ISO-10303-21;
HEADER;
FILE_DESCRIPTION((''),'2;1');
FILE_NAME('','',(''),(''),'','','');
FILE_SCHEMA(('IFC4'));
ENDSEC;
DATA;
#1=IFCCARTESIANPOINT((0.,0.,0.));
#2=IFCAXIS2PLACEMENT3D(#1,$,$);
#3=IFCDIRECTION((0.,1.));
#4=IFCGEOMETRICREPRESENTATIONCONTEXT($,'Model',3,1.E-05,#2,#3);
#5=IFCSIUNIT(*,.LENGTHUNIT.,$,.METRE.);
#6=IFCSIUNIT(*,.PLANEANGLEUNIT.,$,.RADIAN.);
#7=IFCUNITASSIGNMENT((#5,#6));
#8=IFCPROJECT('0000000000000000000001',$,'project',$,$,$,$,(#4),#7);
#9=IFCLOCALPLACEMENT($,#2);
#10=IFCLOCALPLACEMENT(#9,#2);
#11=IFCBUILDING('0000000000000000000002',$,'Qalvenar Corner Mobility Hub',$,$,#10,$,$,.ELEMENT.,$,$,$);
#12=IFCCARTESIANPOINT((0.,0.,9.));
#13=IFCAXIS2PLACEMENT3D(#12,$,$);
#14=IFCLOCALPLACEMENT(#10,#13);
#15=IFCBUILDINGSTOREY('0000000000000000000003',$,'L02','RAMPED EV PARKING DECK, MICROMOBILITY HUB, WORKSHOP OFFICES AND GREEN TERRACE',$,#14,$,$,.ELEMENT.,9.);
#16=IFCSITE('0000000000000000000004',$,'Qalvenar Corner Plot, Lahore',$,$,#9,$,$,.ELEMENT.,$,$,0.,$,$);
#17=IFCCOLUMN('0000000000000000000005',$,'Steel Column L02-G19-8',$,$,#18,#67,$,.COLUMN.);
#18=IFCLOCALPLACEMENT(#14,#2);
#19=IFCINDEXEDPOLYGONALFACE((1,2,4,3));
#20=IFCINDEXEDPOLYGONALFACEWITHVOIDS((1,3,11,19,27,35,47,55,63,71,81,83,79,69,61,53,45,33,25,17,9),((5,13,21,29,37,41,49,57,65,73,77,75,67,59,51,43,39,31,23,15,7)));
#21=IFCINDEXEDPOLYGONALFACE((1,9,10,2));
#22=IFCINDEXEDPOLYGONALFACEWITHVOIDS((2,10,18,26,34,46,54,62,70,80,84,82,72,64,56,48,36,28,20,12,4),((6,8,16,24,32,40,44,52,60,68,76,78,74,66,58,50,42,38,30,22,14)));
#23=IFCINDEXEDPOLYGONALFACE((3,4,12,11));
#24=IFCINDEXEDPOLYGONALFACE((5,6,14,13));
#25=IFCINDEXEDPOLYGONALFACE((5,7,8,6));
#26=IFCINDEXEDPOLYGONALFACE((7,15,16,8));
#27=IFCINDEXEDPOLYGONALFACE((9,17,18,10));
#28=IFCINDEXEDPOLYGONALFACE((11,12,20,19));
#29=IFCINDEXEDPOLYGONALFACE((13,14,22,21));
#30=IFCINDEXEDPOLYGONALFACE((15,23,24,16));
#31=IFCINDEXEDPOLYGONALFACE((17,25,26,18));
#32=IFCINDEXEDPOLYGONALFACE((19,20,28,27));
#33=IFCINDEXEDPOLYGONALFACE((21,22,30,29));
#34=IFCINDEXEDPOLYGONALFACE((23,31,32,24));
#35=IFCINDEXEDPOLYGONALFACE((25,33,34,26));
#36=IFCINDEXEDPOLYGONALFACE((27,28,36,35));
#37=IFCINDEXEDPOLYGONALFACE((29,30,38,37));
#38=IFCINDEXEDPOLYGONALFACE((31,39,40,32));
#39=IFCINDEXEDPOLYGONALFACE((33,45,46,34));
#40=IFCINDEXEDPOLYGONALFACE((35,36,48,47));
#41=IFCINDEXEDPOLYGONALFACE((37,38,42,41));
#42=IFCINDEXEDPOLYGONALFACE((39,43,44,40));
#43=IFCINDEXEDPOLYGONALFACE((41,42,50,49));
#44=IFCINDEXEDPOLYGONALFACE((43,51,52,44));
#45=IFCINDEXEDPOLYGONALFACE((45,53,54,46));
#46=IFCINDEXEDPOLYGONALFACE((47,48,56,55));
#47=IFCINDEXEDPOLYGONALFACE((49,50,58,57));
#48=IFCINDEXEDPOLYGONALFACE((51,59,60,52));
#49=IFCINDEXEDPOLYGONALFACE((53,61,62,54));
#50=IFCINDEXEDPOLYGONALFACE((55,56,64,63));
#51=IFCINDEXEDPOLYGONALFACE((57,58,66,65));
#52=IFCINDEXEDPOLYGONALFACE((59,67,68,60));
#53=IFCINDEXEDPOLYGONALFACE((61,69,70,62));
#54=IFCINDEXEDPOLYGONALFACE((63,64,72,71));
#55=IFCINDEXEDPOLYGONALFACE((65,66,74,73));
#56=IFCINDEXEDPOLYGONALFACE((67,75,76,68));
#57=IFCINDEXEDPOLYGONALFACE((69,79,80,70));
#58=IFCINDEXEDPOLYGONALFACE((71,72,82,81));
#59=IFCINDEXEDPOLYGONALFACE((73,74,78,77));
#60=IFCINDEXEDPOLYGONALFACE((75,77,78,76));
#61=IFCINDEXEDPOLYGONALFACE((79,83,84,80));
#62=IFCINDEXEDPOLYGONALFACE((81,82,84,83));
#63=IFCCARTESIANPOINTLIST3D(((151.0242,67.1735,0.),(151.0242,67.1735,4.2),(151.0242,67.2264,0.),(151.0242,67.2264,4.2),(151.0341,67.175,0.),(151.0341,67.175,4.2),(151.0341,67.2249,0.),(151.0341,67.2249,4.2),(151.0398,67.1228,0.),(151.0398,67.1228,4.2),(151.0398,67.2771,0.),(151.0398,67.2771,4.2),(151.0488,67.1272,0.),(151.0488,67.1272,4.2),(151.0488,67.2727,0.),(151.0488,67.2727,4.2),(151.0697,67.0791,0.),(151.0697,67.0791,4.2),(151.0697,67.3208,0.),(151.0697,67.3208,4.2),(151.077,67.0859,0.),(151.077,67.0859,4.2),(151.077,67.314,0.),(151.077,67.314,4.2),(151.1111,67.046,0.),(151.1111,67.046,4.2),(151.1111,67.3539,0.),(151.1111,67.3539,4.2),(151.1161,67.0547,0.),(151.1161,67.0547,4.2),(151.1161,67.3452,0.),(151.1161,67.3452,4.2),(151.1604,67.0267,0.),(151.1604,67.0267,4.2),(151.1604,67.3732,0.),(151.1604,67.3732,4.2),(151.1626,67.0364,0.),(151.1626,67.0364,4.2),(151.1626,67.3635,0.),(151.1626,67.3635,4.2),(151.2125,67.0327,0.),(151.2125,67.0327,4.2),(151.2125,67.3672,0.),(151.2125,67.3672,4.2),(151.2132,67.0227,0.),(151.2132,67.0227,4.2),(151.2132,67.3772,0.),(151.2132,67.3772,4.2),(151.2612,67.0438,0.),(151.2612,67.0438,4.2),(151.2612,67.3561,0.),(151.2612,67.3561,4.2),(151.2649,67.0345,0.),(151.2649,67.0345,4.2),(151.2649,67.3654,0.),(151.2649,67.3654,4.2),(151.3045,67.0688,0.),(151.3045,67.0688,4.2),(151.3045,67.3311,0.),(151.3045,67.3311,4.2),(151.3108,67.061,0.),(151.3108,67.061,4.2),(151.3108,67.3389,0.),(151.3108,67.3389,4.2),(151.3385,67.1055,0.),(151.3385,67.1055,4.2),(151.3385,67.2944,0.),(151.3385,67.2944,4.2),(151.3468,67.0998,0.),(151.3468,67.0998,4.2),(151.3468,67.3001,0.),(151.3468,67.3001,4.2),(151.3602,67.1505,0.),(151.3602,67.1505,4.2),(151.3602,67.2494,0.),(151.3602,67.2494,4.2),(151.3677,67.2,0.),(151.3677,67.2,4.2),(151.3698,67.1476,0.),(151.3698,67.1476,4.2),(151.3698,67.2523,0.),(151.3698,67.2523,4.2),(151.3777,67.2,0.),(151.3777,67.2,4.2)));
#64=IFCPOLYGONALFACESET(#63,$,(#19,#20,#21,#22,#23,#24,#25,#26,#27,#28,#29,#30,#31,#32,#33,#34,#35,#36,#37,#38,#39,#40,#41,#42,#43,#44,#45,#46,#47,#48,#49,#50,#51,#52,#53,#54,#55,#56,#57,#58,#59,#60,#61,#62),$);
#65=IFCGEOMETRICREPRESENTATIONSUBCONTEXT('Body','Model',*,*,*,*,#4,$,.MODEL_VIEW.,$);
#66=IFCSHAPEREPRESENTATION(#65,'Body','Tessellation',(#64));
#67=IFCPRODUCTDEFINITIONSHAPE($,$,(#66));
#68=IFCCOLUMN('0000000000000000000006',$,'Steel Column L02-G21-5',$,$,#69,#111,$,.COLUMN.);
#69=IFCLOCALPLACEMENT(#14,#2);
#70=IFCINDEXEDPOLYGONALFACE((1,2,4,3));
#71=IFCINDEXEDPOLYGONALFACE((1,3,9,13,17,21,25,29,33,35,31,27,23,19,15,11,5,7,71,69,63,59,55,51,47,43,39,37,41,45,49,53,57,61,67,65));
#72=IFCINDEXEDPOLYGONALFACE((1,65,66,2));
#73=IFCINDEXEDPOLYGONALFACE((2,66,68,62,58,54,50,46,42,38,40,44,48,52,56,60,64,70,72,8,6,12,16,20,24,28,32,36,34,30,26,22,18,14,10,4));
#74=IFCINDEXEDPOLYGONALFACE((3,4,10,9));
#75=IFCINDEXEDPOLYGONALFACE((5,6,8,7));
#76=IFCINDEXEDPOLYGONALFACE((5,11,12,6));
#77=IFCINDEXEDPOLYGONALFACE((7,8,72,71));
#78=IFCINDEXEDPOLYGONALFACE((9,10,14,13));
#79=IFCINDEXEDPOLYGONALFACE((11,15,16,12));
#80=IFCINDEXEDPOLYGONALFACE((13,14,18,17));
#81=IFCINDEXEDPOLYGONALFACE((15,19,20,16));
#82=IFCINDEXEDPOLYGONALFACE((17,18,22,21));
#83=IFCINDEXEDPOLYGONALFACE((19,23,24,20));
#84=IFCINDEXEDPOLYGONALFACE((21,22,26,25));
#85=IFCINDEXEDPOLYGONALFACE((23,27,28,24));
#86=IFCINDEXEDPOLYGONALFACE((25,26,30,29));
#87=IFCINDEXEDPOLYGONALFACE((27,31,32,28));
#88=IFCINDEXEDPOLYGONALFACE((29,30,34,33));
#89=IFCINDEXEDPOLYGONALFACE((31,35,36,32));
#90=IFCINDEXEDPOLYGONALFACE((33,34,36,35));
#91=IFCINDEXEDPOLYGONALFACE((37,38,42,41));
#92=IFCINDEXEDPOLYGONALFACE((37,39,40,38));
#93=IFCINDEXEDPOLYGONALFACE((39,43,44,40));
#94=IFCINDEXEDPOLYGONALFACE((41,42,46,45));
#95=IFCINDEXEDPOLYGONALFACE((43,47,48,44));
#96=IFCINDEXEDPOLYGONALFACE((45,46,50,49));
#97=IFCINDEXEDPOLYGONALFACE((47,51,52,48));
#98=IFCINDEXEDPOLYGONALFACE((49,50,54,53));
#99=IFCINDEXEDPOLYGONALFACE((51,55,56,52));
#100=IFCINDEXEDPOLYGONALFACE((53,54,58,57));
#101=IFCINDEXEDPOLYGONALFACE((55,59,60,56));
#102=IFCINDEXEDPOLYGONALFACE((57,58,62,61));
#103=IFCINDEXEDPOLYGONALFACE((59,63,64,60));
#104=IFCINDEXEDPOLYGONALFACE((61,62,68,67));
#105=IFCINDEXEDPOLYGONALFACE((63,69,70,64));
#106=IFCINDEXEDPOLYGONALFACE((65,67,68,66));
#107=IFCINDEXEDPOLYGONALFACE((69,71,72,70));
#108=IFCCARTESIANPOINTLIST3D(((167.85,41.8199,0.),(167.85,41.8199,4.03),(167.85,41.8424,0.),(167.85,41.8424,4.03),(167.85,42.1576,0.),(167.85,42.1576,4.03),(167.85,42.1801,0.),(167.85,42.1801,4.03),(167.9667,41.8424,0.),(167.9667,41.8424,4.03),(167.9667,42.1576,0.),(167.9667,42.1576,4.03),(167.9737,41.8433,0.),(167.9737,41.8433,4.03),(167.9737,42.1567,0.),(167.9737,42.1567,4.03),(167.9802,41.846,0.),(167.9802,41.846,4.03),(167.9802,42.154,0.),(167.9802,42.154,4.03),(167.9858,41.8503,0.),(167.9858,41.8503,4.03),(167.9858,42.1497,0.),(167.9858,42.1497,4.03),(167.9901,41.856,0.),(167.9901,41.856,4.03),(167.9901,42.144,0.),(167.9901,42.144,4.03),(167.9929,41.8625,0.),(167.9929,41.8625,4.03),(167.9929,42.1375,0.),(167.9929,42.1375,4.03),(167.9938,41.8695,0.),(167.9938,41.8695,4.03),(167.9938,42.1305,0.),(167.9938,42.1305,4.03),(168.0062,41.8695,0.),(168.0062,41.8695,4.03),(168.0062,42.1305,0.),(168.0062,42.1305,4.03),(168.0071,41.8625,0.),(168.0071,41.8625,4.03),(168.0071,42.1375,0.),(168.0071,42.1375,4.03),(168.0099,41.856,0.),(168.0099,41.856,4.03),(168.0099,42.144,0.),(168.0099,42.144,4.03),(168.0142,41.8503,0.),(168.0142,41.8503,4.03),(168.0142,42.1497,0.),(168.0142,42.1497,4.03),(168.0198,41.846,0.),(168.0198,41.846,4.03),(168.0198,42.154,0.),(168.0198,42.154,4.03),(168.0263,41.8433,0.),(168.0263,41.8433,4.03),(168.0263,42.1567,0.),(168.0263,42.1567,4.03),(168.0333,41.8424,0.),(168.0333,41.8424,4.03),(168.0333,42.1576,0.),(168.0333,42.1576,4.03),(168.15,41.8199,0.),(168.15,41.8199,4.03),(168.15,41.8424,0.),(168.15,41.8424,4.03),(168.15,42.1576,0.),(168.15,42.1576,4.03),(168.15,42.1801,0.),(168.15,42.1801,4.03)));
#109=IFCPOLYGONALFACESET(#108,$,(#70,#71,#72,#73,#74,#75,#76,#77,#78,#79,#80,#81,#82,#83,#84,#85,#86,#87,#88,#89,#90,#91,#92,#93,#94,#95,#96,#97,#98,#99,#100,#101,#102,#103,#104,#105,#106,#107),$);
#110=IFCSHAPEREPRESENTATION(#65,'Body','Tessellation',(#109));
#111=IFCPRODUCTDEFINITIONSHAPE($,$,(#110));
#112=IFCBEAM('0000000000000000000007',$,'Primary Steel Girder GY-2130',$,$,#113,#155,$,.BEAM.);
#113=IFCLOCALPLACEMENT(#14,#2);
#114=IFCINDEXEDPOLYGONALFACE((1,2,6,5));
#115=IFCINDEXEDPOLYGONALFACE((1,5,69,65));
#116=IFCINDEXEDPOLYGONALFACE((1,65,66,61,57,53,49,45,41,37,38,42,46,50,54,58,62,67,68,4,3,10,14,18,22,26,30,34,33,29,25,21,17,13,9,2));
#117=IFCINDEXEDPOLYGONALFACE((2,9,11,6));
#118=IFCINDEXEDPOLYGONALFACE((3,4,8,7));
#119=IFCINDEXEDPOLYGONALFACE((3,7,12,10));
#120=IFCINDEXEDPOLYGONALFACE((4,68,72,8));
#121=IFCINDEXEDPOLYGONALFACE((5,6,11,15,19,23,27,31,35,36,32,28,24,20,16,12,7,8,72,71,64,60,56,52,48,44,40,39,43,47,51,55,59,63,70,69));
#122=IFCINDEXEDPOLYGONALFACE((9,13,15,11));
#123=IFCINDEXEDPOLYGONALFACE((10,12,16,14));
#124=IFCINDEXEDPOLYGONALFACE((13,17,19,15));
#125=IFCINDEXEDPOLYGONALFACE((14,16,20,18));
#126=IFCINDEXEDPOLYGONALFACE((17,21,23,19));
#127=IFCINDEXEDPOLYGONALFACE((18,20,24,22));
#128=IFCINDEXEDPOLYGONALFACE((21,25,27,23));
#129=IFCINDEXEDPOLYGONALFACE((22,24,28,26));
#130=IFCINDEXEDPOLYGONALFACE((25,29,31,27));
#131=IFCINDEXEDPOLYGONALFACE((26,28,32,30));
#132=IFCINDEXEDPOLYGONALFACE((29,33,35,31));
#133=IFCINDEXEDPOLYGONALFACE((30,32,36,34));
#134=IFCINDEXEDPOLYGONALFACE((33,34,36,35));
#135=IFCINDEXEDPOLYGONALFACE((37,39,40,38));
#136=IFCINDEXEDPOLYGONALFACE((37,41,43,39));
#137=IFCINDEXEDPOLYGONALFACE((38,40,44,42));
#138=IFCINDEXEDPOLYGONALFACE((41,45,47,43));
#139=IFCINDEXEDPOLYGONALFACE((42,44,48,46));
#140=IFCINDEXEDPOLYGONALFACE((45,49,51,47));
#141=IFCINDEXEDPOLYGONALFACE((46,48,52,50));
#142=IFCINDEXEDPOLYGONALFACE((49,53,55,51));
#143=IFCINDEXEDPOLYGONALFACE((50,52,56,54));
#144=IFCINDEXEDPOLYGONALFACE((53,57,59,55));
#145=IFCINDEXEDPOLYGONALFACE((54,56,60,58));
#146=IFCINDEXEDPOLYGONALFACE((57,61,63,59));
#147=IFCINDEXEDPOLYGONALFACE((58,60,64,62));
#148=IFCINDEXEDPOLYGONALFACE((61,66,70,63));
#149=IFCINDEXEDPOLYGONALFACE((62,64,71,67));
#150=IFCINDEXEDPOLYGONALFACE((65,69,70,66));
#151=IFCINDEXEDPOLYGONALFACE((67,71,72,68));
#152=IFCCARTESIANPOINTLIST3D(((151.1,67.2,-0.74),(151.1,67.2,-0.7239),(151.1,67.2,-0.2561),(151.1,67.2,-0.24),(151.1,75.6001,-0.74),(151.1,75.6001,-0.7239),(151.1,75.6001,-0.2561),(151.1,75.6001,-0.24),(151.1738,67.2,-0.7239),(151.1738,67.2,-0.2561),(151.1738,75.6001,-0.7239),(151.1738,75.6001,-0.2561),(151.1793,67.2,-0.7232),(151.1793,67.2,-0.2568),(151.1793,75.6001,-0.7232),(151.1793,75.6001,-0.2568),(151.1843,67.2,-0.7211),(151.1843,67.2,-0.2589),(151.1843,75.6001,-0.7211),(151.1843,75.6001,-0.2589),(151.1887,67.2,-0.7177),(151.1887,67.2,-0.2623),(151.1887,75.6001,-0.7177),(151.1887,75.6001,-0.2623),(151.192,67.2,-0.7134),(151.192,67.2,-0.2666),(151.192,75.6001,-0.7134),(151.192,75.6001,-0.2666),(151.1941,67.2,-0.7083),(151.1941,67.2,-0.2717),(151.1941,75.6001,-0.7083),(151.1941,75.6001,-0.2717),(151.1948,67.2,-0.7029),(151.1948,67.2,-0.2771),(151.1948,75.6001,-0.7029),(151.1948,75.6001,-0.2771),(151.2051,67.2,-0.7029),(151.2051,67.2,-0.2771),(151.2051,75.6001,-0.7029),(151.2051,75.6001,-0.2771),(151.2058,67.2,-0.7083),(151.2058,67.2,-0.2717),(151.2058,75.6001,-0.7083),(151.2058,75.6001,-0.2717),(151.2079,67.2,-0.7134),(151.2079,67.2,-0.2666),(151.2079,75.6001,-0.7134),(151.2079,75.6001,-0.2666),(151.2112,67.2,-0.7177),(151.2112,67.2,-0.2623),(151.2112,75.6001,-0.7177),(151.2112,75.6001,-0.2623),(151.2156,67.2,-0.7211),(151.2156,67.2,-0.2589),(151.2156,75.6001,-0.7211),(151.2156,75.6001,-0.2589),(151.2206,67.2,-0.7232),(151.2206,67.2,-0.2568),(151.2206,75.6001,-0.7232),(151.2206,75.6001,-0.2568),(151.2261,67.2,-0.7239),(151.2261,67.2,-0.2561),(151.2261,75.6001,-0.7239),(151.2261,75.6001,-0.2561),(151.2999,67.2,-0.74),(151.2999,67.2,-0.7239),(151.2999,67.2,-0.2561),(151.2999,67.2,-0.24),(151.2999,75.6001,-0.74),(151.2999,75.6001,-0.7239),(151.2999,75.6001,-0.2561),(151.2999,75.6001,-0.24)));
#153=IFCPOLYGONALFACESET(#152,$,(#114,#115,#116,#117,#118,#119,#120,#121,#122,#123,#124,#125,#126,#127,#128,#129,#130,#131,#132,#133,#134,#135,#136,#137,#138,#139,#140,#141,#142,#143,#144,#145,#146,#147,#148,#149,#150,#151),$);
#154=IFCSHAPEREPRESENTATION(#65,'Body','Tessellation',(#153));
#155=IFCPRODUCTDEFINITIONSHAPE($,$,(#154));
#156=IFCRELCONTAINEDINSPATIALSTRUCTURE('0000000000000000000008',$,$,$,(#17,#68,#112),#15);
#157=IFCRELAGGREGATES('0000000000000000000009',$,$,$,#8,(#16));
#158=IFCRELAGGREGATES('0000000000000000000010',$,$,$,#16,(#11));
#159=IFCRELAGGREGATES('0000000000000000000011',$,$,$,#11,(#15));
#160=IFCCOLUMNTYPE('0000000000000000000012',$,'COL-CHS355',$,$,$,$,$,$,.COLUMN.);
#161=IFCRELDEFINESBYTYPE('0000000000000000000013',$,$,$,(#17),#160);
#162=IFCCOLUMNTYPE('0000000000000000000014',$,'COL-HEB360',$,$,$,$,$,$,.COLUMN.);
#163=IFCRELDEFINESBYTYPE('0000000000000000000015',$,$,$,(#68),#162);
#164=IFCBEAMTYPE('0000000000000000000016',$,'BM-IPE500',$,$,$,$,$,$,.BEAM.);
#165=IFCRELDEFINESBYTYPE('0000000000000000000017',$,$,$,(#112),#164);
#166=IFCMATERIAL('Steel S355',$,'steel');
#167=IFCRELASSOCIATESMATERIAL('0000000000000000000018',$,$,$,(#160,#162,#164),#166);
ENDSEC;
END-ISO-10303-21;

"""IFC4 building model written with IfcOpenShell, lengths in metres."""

from ifc_helpers import new_model, si_unit, direction, frame, origin, origin_2d, place, context, subcontext, project, spatial, hollow_circle, i_section, extrude, material, material_profile, profile_set, type_object, element, save


model = new_model("IFC4")

# Units and contexts
model_context = context("Model", 3, precision=1e-05, world=origin(), true_north=direction((0.0, 1.0)))
body_context = subcontext(model_context, "Body", "Model", "MODEL_VIEW")
ifc_project = project(units=[si_unit("LENGTHUNIT", "METRE"), si_unit("PLANEANGLEUNIT", "RADIAN")], contexts=[model_context])

# Site, building, storey
site_placement = place(None, origin())
site = spatial("IfcSite", under=ifc_project, at=site_placement, Name="Qalvenar Corner Plot, Lahore", CompositionType="ELEMENT", RefElevation=0.0)
building_placement = place(site_placement, origin())
building = spatial("IfcBuilding", under=site, at=building_placement, Name="Qalvenar Corner Mobility Hub", CompositionType="ELEMENT")
storey_placement = place(building_placement, frame((0.0, 0.0, 9.0)))
storey = spatial("IfcBuildingStorey", under=building, at=storey_placement, Name="L02", Description="RAMPED EV PARKING DECK, MICROMOBILITY HUB, WORKSHOP OFFICES AND GREEN TERRACE", CompositionType="ELEMENT", Elevation=9.0)

# Columns
ifc_material_1 = material(Name="Steel S355", Category="steel")
ifc_material_profile_1 = material_profile(ifc_material_1, hollow_circle(Radius=0.1777, WallThickness=0.01, at=origin_2d()), Name="CHS355.6x10")
ifc_profile_set_1 = profile_set([ifc_material_profile_1], Name="Steel S355")
column_type_1 = type_object("IfcColumnType", Name="COL-CHS355", PredefinedType="COLUMN", material=ifc_profile_set_1)
column_1_placement = place(storey_placement, frame((151.2, 67.2, 0.0), z_axis=(0.0, 0.0, 1.0), x_axis=(1.0, 0.0, 0.0)))
element("IfcColumn", 1, at=column_1_placement, inside=storey, type_object=column_type_1, Name="Steel Column L02-G19-8", PredefinedType="COLUMN", context=body_context, shape_type="SweptSolid", body=[
    extrude(hollow_circle(Radius=0.1777, WallThickness=0.01, at=origin_2d()), origin(), (0.0, 0.0, 1.0), 4.2),
])
ifc_material_profile_2 = material_profile(ifc_material_1, i_section(OverallWidth=0.3, OverallDepth=0.3601, WebThickness=0.0125, FlangeThickness=0.0225, FilletRadius=0.0271, at=origin_2d()), Name="HEB360")
ifc_profile_set_2 = profile_set([ifc_material_profile_2], Name="Steel S355")
column_type_2 = type_object("IfcColumnType", Name="COL-HEB360", PredefinedType="COLUMN", material=ifc_profile_set_2)
column_2_placement = place(storey_placement, frame((168.0, 42.0, 0.0), z_axis=(0.0, 0.0, 1.0), x_axis=(1.0, 0.0, 0.0)))
element("IfcColumn", 2, at=column_2_placement, inside=storey, type_object=column_type_2, Name="Steel Column L02-G21-5", PredefinedType="COLUMN", context=body_context, shape_type="SweptSolid", body=[
    extrude(i_section(OverallWidth=0.3, OverallDepth=0.3601, WebThickness=0.0125, FlangeThickness=0.0225, FilletRadius=0.0271, at=origin_2d()), origin(), (0.0, 0.0, 1.0), 4.03),
])

# Beam
ifc_material_profile_3 = material_profile(ifc_material_1, i_section(OverallWidth=0.2, OverallDepth=0.5, WebThickness=0.0103, FlangeThickness=0.0161, FilletRadius=0.021, at=origin_2d()), Name="IPE500")
ifc_profile_set_3 = profile_set([ifc_material_profile_3], Name="Steel S355")
beam_type_1 = type_object("IfcBeamType", Name="BM-IPE500", PredefinedType="BEAM", material=ifc_profile_set_3)
beam_1_placement = place(storey_placement, frame((151.2, 67.2, -0.49), z_axis=(0.0, 1.0, 0.0), x_axis=(-1.0, 0.0, 0.0)))
element("IfcBeam", 3, at=beam_1_placement, inside=storey, type_object=beam_type_1, Name="Primary Steel Girder GY-2130", PredefinedType="BEAM", context=body_context, shape_type="SweptSolid", body=[
    extrude(i_section(OverallWidth=0.2, OverallDepth=0.5, WebThickness=0.0103, FlangeThickness=0.0161, FilletRadius=0.021, at=origin_2d()), origin(), (0.0, 0.0, 1.0), 8.4001),
])

save(model, "model.ifc")
